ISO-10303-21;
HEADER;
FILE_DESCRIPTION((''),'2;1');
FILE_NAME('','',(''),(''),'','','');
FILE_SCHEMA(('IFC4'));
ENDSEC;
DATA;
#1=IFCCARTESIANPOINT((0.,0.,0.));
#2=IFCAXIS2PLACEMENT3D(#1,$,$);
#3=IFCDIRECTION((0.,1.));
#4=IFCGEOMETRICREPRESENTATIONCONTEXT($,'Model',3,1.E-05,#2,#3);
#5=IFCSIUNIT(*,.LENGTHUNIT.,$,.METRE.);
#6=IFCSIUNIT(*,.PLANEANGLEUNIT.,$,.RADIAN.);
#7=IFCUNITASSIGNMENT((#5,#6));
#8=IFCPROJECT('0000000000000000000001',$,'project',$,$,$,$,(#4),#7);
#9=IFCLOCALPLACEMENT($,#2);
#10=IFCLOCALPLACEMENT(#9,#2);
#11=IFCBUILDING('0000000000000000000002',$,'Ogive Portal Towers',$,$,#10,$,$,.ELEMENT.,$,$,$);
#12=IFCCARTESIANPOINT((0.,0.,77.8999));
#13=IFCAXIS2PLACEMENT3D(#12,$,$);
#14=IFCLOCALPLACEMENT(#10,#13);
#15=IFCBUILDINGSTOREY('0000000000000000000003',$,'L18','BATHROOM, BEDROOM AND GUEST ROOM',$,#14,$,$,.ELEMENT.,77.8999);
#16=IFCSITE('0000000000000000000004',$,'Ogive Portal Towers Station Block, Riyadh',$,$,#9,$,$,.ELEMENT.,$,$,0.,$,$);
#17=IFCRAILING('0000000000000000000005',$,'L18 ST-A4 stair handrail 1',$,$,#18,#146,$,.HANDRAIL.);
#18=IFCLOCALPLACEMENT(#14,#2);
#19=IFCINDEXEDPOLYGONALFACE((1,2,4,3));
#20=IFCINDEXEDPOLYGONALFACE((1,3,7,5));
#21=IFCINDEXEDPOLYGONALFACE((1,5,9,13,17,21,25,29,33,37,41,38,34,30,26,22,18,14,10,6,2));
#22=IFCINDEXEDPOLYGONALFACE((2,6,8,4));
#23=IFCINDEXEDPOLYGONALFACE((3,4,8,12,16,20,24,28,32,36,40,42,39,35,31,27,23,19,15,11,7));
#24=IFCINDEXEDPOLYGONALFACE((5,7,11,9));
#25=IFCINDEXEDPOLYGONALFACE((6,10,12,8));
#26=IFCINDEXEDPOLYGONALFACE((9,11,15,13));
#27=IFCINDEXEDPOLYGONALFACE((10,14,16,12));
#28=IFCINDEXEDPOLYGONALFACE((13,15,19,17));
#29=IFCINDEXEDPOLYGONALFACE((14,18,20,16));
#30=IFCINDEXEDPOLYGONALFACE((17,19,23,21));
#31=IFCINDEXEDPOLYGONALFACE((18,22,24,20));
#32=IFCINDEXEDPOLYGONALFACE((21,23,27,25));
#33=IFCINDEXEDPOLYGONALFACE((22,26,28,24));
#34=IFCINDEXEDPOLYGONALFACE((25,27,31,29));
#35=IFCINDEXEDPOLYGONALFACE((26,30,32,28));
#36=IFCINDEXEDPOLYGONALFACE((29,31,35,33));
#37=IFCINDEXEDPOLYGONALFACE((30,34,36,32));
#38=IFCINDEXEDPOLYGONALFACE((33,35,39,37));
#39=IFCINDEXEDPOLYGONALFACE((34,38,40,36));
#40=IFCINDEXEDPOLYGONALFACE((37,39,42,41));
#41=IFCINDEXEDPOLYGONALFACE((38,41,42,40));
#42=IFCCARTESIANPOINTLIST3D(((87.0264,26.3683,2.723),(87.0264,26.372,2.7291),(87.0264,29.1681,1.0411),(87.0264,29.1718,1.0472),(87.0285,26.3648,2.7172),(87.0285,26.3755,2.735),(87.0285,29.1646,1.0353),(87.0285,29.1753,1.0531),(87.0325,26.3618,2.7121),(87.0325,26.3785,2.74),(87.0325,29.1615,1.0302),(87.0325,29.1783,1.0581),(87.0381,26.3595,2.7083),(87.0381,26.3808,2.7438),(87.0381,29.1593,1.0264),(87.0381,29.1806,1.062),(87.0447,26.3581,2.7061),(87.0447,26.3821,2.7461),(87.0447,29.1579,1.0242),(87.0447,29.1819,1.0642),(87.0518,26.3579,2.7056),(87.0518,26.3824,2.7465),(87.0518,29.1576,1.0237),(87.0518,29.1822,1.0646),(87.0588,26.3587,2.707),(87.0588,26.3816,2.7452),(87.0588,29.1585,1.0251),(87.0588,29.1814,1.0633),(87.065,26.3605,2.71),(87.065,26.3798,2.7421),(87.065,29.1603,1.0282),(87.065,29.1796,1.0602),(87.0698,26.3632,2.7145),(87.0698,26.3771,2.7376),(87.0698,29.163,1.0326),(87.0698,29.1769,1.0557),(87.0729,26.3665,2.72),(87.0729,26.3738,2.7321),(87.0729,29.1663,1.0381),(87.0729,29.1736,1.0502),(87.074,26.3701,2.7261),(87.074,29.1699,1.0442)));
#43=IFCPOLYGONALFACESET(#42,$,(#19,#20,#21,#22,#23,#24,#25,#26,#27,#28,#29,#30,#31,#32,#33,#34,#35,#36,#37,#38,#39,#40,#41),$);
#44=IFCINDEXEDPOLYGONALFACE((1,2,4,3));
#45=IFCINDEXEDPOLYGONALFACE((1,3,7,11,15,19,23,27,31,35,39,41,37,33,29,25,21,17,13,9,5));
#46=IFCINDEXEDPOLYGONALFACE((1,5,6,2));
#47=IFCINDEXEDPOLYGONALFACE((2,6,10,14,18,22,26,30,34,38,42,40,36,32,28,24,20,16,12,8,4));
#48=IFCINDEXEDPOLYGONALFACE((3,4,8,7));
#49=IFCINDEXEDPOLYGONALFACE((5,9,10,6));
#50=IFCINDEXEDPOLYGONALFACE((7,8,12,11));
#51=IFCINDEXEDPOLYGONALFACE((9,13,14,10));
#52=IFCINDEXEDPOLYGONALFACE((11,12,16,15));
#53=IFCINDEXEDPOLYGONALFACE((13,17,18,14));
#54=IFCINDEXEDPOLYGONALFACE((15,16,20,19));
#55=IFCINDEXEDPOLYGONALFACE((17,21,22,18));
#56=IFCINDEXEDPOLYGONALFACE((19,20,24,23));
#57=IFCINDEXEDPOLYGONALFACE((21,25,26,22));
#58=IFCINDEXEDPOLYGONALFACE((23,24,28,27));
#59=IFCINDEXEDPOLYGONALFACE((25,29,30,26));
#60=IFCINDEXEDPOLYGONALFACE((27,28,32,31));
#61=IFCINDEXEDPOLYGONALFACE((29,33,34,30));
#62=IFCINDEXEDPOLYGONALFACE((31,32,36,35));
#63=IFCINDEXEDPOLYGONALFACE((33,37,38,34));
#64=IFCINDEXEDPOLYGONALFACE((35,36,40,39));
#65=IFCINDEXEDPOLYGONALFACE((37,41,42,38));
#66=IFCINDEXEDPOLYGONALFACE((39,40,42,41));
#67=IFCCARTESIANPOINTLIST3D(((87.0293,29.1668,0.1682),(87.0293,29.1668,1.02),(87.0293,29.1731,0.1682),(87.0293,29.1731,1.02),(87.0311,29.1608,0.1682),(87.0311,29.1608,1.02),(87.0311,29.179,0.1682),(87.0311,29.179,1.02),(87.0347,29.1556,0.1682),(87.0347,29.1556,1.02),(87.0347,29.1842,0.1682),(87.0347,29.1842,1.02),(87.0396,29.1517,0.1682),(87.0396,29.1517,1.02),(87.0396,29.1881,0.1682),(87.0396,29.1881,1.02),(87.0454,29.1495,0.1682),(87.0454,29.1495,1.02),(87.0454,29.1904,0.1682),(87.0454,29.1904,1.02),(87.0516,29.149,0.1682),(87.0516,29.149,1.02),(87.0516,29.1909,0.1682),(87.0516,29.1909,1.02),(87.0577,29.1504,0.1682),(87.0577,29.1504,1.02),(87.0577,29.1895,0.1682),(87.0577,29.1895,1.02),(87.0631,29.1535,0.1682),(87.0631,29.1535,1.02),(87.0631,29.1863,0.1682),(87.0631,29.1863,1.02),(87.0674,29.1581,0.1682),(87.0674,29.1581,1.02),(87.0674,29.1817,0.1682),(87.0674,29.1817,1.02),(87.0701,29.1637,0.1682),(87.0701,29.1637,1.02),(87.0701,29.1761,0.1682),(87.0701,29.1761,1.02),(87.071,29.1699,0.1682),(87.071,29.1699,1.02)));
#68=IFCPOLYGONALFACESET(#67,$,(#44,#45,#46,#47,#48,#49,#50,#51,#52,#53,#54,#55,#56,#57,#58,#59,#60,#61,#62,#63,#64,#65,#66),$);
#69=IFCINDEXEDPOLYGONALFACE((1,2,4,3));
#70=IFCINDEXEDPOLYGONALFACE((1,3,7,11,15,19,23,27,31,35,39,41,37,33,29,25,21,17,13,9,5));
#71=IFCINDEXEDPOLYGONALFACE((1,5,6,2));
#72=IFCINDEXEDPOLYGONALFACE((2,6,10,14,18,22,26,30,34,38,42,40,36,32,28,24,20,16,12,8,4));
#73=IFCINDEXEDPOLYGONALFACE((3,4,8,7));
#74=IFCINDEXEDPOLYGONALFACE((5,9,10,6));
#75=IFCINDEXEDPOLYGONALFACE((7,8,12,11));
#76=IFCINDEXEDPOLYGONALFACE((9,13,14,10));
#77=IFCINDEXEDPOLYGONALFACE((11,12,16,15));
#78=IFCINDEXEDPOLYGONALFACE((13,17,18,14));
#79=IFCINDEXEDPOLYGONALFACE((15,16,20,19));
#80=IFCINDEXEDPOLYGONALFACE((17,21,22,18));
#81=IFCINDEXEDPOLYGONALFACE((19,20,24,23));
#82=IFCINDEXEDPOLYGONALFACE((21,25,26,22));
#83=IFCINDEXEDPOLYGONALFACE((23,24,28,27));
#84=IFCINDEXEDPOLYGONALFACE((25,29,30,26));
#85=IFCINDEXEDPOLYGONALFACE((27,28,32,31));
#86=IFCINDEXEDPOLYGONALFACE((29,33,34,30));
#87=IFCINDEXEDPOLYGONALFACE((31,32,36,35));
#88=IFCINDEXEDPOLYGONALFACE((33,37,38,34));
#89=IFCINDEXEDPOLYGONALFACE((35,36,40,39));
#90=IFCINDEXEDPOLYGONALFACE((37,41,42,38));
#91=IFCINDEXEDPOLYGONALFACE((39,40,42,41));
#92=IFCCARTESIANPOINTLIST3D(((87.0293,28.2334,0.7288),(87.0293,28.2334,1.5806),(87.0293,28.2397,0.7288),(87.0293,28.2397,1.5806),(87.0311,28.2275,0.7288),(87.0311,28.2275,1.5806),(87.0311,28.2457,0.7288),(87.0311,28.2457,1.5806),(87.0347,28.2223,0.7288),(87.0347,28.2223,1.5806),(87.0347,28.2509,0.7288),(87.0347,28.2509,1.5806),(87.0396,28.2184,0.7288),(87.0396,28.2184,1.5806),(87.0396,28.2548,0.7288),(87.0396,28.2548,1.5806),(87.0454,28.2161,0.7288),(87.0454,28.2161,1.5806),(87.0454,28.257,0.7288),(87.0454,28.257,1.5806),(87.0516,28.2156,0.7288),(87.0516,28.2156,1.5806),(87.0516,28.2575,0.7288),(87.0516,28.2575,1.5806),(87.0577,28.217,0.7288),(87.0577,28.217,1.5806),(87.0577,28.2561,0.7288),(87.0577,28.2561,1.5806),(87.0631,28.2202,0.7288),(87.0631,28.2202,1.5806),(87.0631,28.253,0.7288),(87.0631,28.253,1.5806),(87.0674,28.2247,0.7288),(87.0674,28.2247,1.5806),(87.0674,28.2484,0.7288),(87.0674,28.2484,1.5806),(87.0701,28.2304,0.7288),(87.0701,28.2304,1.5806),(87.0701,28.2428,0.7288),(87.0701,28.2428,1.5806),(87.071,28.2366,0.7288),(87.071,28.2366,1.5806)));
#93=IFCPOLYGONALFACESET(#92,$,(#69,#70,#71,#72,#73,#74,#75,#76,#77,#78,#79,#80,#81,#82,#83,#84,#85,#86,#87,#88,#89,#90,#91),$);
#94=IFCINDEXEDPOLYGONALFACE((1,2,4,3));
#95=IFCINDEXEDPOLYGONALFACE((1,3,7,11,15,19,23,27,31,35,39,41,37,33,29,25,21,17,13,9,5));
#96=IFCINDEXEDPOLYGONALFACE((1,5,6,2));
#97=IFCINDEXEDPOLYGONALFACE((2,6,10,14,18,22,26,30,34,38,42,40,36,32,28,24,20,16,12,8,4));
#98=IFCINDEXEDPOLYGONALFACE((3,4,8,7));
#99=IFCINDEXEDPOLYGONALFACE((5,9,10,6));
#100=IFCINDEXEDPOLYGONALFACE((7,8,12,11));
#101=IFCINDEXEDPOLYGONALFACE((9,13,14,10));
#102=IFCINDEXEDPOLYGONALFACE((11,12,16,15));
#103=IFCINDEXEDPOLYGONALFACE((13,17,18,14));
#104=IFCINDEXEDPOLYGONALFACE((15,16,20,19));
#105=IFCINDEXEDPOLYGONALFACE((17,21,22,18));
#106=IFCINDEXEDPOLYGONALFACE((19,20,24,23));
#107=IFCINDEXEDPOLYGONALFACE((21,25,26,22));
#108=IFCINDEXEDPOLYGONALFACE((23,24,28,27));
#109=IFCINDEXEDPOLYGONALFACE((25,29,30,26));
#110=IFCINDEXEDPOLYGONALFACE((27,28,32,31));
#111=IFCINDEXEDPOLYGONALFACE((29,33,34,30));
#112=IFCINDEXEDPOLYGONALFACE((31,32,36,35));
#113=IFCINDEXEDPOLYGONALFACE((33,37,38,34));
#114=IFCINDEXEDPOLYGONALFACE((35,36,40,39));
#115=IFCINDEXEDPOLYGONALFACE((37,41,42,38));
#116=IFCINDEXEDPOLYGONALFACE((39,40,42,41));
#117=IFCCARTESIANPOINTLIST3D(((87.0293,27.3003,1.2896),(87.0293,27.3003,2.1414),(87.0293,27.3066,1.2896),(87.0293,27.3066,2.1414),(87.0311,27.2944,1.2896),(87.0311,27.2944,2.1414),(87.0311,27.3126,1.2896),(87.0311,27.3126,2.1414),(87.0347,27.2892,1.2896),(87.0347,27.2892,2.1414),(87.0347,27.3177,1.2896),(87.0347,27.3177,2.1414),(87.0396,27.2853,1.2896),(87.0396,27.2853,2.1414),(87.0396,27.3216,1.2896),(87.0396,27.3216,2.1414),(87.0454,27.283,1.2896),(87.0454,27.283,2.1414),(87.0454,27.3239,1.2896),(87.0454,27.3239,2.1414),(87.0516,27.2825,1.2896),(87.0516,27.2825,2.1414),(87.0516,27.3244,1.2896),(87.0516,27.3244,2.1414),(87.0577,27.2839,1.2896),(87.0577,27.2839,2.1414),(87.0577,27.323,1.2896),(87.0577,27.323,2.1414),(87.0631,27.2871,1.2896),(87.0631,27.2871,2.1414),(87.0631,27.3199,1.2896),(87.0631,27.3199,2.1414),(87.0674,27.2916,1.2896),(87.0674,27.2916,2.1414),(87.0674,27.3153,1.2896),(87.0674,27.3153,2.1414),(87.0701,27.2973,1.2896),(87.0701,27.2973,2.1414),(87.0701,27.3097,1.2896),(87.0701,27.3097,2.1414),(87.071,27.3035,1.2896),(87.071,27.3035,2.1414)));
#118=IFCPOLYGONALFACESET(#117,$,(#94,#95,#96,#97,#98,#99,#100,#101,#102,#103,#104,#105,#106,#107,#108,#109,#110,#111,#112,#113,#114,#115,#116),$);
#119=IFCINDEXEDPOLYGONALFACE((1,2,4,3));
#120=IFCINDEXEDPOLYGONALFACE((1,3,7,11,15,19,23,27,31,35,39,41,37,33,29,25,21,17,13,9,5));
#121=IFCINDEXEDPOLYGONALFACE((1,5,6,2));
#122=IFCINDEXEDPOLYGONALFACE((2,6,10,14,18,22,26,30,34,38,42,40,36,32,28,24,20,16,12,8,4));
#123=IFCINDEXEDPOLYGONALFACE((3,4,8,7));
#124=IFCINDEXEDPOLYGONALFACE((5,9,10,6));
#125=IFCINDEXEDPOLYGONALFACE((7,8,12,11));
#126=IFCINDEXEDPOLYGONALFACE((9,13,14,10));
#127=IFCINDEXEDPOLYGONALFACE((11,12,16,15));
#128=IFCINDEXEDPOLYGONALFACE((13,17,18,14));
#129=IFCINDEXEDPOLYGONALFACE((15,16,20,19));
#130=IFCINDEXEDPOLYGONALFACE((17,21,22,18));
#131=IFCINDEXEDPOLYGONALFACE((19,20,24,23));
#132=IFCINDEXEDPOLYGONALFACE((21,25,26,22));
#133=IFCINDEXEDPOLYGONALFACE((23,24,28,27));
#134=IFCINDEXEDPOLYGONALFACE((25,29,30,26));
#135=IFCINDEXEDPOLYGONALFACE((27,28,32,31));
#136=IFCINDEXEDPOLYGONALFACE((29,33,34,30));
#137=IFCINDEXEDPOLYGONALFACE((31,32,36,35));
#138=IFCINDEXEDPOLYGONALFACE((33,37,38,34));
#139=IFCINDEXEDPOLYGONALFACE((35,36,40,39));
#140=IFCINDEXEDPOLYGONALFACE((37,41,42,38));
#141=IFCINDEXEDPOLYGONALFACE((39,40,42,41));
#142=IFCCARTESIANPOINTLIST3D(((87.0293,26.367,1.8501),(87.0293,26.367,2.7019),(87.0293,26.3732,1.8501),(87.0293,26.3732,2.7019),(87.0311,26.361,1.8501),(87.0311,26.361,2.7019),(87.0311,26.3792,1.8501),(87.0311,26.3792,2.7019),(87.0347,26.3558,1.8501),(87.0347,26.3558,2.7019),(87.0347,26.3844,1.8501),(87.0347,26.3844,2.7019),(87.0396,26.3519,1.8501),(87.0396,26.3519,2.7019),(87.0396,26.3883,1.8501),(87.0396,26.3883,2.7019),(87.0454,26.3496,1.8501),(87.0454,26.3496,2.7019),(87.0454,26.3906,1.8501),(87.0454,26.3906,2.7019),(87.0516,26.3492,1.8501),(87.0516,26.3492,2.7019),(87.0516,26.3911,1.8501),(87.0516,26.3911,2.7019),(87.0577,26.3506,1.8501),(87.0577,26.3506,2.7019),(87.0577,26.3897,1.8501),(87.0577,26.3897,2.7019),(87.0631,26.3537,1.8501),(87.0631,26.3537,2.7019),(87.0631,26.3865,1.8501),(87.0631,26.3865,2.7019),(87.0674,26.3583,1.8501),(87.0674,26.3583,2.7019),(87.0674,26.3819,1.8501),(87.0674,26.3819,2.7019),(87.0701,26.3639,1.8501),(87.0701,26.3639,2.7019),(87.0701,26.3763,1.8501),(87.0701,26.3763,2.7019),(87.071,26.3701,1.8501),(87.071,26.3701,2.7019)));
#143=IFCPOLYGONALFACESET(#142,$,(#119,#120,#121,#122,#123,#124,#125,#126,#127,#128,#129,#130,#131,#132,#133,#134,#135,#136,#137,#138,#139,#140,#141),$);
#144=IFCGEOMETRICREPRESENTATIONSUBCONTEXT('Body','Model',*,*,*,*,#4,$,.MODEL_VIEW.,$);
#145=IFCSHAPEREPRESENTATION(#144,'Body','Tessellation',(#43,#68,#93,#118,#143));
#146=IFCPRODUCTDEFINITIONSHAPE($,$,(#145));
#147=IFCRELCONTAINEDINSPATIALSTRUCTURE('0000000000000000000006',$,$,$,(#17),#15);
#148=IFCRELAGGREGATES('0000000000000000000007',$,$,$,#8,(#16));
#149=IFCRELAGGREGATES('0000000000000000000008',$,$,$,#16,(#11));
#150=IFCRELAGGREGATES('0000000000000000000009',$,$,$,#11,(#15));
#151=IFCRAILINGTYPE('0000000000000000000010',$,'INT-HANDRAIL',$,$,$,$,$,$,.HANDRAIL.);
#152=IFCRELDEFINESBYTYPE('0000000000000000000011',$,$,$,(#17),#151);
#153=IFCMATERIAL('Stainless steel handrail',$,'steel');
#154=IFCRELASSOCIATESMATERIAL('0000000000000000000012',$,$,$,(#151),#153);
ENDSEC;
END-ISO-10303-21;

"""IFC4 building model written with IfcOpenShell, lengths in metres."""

from ifc_helpers import new_model, si_unit, direction, frame, origin, origin_2d, place, context, subcontext, project, spatial, circle, extrude, material, type_object, element, save


model = new_model("IFC4")

# Units and contexts
model_context = context("Model", 3, precision=1e-05, world=origin(), true_north=direction((0.0, 1.0)))
body_context = subcontext(model_context, "Body", "Model", "MODEL_VIEW")
ifc_project = project(units=[si_unit("LENGTHUNIT", "METRE"), si_unit("PLANEANGLEUNIT", "RADIAN")], contexts=[model_context])

# Site, building, storey
site_placement = place(None, origin())
site = spatial("IfcSite", under=ifc_project, at=site_placement, Name="Ogive Portal Towers Station Block, Riyadh", CompositionType="ELEMENT", RefElevation=0.0)
building_placement = place(site_placement, origin())
building = spatial("IfcBuilding", under=site, at=building_placement, Name="Ogive Portal Towers", CompositionType="ELEMENT")
storey_placement = place(building_placement, frame((0.0, 0.0, 77.8999)))
storey = spatial("IfcBuildingStorey", under=building, at=storey_placement, Name="L18", Description="BATHROOM, BEDROOM AND GUEST ROOM", CompositionType="ELEMENT", Elevation=77.8999)

# Railing
ifc_material_1 = material(Name="Stainless steel handrail", Category="steel")
railing_type_1 = type_object("IfcRailingType", Name="INT-HANDRAIL", PredefinedType="HANDRAIL", material=ifc_material_1)
railing_1_placement = place(storey_placement, frame((87.05, 29.1699, 0.1682)))
element("IfcRailing", 1, at=railing_1_placement, inside=storey, type_object=railing_type_1, Name="L18 ST-A4 stair handrail 1", PredefinedType="HANDRAIL", context=body_context, shape_type="SweptSolid", body=[
    extrude(circle(Radius=0.0239, at=origin_2d()), frame((0.0, 0.0, 0.876), z_axis=(0.0, -0.857222, 0.514946), x_axis=(1.0, 0.0, 0.0)), (0.0, 0.0, 1.0), 3.2661),
    extrude(circle(Radius=0.021, at=origin_2d()), origin(), (0.0, 0.0, 1.0), 0.8518),
    extrude(circle(Radius=0.021, at=origin_2d()), frame((0.0, -0.9333, 0.5605)), (0.0, 0.0, 1.0), 0.8518),
    extrude(circle(Radius=0.021, at=origin_2d()), frame((0.0, -1.8665, 1.1213)), (0.0, 0.0, 1.0), 0.8518),
    extrude(circle(Radius=0.021, at=origin_2d()), frame((0.0, -2.7998, 1.6819)), (0.0, 0.0, 1.0), 0.8518),
])

save(model, "model.ifc")
